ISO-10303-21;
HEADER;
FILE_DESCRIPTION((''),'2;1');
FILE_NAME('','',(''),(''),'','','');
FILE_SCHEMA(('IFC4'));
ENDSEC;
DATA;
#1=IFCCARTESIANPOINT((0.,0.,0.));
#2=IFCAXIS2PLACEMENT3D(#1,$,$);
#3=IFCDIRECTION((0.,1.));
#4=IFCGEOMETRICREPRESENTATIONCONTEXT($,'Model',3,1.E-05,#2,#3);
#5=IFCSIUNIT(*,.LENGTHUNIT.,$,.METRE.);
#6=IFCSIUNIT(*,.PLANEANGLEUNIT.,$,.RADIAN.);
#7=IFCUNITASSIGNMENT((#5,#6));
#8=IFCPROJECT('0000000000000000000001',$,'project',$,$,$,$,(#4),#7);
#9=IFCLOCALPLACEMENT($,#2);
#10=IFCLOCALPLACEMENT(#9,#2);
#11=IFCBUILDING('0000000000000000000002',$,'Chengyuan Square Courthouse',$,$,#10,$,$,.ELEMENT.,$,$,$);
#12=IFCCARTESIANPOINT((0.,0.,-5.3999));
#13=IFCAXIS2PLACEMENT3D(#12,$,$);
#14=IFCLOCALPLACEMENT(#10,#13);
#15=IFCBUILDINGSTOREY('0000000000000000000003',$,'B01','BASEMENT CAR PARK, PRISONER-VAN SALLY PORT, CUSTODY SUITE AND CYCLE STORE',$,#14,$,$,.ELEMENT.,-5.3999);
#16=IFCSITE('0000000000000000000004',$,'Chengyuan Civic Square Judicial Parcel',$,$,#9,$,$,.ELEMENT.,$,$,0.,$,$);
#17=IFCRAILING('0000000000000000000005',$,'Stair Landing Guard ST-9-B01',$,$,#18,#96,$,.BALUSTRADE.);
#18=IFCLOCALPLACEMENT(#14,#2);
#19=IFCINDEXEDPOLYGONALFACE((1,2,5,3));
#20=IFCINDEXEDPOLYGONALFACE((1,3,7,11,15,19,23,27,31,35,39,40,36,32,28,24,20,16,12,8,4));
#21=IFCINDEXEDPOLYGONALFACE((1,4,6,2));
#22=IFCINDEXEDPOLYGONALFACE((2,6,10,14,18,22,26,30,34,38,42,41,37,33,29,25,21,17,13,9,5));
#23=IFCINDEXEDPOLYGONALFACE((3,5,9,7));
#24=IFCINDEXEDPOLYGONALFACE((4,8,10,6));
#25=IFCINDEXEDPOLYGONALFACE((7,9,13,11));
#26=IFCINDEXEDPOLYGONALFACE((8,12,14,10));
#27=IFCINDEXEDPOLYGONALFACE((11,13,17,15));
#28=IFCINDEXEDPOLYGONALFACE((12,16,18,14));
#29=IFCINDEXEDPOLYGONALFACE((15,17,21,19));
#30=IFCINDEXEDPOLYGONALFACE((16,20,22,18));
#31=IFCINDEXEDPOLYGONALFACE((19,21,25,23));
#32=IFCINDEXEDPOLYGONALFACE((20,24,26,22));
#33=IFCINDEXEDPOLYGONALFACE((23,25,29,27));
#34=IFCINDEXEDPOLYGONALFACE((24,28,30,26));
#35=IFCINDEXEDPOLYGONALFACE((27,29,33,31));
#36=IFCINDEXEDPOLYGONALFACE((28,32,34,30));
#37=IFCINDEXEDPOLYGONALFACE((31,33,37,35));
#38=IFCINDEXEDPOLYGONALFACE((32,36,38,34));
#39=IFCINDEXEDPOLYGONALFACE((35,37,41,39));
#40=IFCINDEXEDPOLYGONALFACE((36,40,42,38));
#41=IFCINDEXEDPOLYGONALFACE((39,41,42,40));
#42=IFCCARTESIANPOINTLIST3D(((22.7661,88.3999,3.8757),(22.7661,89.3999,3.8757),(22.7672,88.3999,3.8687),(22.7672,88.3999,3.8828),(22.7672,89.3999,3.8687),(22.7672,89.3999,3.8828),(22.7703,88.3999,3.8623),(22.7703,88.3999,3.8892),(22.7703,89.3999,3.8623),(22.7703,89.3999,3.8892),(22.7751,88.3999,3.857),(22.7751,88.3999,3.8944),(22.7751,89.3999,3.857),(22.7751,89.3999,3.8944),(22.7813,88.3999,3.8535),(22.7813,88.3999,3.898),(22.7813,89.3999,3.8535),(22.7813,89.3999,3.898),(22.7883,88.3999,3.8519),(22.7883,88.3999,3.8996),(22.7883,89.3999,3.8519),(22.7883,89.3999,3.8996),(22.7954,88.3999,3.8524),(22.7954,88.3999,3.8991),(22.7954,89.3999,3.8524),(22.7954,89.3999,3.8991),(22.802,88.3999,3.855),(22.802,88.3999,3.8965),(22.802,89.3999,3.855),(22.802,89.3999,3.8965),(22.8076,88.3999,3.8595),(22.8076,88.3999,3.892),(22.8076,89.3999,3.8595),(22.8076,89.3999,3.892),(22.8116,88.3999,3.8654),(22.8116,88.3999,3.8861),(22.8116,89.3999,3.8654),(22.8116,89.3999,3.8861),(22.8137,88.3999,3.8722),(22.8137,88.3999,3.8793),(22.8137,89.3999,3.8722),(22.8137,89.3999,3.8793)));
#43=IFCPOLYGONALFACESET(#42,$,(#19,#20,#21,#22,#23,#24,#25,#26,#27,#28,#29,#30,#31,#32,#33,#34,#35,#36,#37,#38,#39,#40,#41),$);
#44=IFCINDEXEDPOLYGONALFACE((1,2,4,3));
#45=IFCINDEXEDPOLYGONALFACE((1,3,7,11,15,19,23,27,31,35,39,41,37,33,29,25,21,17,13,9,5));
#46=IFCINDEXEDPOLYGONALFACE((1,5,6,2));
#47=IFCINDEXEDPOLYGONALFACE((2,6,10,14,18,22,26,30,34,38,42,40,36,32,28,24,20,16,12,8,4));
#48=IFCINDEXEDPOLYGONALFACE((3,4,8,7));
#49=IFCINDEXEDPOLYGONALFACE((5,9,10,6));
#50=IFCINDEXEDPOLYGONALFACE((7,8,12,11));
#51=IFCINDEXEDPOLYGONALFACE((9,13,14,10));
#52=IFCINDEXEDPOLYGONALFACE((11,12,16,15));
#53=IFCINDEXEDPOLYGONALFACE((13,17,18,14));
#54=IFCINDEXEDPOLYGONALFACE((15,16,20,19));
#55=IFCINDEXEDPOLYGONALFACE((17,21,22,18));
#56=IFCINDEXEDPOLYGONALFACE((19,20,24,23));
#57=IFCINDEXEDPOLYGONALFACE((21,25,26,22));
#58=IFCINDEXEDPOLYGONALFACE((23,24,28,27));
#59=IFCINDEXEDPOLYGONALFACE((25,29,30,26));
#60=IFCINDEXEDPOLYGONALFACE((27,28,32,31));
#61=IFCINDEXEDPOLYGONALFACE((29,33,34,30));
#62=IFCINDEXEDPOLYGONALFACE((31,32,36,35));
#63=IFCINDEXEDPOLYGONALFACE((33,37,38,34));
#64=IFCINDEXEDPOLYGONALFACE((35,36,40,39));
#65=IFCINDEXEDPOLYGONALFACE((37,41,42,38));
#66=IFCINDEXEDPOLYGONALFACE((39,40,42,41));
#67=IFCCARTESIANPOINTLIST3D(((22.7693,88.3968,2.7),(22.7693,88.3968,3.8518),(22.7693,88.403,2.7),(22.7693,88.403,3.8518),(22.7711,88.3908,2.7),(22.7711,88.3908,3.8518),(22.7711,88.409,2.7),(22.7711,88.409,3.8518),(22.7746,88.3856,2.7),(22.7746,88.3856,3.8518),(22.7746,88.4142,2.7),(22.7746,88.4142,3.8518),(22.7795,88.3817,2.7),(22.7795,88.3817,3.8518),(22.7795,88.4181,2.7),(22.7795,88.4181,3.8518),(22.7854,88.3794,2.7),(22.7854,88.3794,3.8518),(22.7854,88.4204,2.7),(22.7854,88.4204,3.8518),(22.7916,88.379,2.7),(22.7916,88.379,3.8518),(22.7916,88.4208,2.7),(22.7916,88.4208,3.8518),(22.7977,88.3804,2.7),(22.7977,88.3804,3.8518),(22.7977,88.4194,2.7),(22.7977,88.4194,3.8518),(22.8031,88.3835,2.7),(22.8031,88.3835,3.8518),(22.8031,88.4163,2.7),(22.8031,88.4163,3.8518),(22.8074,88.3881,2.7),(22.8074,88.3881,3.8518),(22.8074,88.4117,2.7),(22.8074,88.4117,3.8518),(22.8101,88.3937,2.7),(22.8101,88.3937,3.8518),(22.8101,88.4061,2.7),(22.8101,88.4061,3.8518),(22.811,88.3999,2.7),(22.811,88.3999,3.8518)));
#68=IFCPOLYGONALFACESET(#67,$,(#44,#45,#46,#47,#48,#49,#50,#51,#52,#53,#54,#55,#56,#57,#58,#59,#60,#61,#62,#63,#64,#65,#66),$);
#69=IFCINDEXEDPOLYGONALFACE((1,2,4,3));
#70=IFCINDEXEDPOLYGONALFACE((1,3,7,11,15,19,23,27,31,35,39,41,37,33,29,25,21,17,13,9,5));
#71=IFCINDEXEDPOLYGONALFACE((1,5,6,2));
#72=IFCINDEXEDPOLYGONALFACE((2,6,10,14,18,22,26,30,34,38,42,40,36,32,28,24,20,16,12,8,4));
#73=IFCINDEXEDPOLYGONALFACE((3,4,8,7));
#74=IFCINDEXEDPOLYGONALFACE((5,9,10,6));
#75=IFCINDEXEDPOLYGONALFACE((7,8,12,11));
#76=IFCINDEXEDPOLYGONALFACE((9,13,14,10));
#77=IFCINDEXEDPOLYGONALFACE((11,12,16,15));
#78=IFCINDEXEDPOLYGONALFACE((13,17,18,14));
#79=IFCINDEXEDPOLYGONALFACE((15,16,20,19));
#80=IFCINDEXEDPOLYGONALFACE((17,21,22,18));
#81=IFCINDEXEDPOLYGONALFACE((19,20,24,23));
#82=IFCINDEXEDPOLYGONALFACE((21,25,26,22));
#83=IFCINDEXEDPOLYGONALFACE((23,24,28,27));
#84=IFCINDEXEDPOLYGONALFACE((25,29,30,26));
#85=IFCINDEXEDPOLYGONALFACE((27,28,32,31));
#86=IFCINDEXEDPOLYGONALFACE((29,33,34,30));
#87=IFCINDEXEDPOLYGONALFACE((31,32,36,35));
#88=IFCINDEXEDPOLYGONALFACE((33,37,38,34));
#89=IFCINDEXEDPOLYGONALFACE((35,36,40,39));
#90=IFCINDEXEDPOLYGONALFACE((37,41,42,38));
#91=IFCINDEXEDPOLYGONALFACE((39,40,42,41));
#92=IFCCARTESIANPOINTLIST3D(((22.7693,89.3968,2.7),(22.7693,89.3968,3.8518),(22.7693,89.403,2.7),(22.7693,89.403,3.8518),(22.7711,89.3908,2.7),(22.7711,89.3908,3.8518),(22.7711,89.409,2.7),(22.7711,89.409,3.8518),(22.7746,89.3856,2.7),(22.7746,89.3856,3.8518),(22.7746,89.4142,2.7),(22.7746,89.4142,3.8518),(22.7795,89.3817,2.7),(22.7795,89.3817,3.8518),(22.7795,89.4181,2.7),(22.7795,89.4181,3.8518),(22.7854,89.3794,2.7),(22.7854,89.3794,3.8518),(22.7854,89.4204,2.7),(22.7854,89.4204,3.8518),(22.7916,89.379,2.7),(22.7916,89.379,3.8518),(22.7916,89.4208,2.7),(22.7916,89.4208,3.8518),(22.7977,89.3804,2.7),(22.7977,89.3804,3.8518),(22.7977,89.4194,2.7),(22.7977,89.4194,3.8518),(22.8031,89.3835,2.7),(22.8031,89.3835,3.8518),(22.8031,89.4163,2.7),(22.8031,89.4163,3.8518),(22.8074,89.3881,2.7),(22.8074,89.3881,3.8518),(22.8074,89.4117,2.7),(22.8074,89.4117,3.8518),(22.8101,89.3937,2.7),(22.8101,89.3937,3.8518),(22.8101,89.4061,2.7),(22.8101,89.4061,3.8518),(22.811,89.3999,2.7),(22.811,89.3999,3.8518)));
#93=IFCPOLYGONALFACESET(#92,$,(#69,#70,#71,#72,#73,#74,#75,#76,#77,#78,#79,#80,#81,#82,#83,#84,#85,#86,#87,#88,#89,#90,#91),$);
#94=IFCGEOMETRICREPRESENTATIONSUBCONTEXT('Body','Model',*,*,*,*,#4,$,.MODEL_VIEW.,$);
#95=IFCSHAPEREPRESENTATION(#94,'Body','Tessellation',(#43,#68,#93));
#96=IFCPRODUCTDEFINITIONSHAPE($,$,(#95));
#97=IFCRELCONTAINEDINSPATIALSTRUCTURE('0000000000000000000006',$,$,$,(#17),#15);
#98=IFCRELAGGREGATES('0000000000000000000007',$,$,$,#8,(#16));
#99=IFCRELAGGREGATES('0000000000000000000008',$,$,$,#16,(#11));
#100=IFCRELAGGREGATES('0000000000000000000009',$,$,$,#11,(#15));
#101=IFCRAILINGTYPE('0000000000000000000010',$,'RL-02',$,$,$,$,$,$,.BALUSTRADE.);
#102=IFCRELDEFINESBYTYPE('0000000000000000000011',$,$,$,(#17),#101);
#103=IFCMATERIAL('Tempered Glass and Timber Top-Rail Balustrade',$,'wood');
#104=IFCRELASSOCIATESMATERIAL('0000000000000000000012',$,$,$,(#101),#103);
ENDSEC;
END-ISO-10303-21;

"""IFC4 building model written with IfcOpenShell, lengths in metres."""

from ifc_helpers import new_model, si_unit, direction, frame, origin, origin_2d, place, context, subcontext, project, spatial, circle, extrude, material, type_object, element, save


model = new_model("IFC4")

# Units and contexts
model_context = context("Model", 3, precision=1e-05, world=origin(), true_north=direction((0.0, 1.0)))
body_context = subcontext(model_context, "Body", "Model", "MODEL_VIEW")
ifc_project = project(units=[si_unit("LENGTHUNIT", "METRE"), si_unit("PLANEANGLEUNIT", "RADIAN")], contexts=[model_context])

# Site, building, storey
site_placement = place(None, origin())
site = spatial("IfcSite", under=ifc_project, at=site_placement, Name="Chengyuan Civic Square Judicial Parcel", CompositionType="ELEMENT", RefElevation=0.0)
building_placement = place(site_placement, origin())
building = spatial("IfcBuilding", under=site, at=building_placement, Name="Chengyuan Square Courthouse", CompositionType="ELEMENT")
storey_placement = place(building_placement, frame((0.0, 0.0, -5.3999)))
storey = spatial("IfcBuildingStorey", under=building, at=storey_placement, Name="B01", Description="BASEMENT CAR PARK, PRISONER-VAN SALLY PORT, CUSTODY SUITE AND CYCLE STORE", CompositionType="ELEMENT", Elevation=-5.3999)

# Railing
ifc_material_1 = material(Name="Tempered Glass and Timber Top-Rail Balustrade", Category="wood")
railing_type_1 = type_object("IfcRailingType", Name="RL-02", PredefinedType="BALUSTRADE", material=ifc_material_1)
for number, where, name in (
    (1, (22.79, 88.3999, 2.7), "Stair Landing Guard ST-9-B01"),
):
    element("IfcRailing", number, at=place(storey_placement, frame(where)), inside=storey, type_object=railing_type_1, Name=name, PredefinedType="BALUSTRADE", context=body_context, shape_type="SweptSolid", body=[
        extrude(circle(Radius=0.0239, at=origin_2d()), frame((0.0, 0.0, 1.1758), z_axis=(0.0, 1.0, 0.0), x_axis=(-1.0, 0.0, 0.0)), (0.0, 0.0, 1.0), 1.0),
        extrude(circle(Radius=0.021, at=origin_2d()), origin(), (0.0, 0.0, 1.0), 1.1519),
        extrude(circle(Radius=0.021, at=origin_2d()), frame((0.0, 1.0, 0.0)), (0.0, 0.0, 1.0), 1.1519),
    ])

save(model, "model.ifc")
